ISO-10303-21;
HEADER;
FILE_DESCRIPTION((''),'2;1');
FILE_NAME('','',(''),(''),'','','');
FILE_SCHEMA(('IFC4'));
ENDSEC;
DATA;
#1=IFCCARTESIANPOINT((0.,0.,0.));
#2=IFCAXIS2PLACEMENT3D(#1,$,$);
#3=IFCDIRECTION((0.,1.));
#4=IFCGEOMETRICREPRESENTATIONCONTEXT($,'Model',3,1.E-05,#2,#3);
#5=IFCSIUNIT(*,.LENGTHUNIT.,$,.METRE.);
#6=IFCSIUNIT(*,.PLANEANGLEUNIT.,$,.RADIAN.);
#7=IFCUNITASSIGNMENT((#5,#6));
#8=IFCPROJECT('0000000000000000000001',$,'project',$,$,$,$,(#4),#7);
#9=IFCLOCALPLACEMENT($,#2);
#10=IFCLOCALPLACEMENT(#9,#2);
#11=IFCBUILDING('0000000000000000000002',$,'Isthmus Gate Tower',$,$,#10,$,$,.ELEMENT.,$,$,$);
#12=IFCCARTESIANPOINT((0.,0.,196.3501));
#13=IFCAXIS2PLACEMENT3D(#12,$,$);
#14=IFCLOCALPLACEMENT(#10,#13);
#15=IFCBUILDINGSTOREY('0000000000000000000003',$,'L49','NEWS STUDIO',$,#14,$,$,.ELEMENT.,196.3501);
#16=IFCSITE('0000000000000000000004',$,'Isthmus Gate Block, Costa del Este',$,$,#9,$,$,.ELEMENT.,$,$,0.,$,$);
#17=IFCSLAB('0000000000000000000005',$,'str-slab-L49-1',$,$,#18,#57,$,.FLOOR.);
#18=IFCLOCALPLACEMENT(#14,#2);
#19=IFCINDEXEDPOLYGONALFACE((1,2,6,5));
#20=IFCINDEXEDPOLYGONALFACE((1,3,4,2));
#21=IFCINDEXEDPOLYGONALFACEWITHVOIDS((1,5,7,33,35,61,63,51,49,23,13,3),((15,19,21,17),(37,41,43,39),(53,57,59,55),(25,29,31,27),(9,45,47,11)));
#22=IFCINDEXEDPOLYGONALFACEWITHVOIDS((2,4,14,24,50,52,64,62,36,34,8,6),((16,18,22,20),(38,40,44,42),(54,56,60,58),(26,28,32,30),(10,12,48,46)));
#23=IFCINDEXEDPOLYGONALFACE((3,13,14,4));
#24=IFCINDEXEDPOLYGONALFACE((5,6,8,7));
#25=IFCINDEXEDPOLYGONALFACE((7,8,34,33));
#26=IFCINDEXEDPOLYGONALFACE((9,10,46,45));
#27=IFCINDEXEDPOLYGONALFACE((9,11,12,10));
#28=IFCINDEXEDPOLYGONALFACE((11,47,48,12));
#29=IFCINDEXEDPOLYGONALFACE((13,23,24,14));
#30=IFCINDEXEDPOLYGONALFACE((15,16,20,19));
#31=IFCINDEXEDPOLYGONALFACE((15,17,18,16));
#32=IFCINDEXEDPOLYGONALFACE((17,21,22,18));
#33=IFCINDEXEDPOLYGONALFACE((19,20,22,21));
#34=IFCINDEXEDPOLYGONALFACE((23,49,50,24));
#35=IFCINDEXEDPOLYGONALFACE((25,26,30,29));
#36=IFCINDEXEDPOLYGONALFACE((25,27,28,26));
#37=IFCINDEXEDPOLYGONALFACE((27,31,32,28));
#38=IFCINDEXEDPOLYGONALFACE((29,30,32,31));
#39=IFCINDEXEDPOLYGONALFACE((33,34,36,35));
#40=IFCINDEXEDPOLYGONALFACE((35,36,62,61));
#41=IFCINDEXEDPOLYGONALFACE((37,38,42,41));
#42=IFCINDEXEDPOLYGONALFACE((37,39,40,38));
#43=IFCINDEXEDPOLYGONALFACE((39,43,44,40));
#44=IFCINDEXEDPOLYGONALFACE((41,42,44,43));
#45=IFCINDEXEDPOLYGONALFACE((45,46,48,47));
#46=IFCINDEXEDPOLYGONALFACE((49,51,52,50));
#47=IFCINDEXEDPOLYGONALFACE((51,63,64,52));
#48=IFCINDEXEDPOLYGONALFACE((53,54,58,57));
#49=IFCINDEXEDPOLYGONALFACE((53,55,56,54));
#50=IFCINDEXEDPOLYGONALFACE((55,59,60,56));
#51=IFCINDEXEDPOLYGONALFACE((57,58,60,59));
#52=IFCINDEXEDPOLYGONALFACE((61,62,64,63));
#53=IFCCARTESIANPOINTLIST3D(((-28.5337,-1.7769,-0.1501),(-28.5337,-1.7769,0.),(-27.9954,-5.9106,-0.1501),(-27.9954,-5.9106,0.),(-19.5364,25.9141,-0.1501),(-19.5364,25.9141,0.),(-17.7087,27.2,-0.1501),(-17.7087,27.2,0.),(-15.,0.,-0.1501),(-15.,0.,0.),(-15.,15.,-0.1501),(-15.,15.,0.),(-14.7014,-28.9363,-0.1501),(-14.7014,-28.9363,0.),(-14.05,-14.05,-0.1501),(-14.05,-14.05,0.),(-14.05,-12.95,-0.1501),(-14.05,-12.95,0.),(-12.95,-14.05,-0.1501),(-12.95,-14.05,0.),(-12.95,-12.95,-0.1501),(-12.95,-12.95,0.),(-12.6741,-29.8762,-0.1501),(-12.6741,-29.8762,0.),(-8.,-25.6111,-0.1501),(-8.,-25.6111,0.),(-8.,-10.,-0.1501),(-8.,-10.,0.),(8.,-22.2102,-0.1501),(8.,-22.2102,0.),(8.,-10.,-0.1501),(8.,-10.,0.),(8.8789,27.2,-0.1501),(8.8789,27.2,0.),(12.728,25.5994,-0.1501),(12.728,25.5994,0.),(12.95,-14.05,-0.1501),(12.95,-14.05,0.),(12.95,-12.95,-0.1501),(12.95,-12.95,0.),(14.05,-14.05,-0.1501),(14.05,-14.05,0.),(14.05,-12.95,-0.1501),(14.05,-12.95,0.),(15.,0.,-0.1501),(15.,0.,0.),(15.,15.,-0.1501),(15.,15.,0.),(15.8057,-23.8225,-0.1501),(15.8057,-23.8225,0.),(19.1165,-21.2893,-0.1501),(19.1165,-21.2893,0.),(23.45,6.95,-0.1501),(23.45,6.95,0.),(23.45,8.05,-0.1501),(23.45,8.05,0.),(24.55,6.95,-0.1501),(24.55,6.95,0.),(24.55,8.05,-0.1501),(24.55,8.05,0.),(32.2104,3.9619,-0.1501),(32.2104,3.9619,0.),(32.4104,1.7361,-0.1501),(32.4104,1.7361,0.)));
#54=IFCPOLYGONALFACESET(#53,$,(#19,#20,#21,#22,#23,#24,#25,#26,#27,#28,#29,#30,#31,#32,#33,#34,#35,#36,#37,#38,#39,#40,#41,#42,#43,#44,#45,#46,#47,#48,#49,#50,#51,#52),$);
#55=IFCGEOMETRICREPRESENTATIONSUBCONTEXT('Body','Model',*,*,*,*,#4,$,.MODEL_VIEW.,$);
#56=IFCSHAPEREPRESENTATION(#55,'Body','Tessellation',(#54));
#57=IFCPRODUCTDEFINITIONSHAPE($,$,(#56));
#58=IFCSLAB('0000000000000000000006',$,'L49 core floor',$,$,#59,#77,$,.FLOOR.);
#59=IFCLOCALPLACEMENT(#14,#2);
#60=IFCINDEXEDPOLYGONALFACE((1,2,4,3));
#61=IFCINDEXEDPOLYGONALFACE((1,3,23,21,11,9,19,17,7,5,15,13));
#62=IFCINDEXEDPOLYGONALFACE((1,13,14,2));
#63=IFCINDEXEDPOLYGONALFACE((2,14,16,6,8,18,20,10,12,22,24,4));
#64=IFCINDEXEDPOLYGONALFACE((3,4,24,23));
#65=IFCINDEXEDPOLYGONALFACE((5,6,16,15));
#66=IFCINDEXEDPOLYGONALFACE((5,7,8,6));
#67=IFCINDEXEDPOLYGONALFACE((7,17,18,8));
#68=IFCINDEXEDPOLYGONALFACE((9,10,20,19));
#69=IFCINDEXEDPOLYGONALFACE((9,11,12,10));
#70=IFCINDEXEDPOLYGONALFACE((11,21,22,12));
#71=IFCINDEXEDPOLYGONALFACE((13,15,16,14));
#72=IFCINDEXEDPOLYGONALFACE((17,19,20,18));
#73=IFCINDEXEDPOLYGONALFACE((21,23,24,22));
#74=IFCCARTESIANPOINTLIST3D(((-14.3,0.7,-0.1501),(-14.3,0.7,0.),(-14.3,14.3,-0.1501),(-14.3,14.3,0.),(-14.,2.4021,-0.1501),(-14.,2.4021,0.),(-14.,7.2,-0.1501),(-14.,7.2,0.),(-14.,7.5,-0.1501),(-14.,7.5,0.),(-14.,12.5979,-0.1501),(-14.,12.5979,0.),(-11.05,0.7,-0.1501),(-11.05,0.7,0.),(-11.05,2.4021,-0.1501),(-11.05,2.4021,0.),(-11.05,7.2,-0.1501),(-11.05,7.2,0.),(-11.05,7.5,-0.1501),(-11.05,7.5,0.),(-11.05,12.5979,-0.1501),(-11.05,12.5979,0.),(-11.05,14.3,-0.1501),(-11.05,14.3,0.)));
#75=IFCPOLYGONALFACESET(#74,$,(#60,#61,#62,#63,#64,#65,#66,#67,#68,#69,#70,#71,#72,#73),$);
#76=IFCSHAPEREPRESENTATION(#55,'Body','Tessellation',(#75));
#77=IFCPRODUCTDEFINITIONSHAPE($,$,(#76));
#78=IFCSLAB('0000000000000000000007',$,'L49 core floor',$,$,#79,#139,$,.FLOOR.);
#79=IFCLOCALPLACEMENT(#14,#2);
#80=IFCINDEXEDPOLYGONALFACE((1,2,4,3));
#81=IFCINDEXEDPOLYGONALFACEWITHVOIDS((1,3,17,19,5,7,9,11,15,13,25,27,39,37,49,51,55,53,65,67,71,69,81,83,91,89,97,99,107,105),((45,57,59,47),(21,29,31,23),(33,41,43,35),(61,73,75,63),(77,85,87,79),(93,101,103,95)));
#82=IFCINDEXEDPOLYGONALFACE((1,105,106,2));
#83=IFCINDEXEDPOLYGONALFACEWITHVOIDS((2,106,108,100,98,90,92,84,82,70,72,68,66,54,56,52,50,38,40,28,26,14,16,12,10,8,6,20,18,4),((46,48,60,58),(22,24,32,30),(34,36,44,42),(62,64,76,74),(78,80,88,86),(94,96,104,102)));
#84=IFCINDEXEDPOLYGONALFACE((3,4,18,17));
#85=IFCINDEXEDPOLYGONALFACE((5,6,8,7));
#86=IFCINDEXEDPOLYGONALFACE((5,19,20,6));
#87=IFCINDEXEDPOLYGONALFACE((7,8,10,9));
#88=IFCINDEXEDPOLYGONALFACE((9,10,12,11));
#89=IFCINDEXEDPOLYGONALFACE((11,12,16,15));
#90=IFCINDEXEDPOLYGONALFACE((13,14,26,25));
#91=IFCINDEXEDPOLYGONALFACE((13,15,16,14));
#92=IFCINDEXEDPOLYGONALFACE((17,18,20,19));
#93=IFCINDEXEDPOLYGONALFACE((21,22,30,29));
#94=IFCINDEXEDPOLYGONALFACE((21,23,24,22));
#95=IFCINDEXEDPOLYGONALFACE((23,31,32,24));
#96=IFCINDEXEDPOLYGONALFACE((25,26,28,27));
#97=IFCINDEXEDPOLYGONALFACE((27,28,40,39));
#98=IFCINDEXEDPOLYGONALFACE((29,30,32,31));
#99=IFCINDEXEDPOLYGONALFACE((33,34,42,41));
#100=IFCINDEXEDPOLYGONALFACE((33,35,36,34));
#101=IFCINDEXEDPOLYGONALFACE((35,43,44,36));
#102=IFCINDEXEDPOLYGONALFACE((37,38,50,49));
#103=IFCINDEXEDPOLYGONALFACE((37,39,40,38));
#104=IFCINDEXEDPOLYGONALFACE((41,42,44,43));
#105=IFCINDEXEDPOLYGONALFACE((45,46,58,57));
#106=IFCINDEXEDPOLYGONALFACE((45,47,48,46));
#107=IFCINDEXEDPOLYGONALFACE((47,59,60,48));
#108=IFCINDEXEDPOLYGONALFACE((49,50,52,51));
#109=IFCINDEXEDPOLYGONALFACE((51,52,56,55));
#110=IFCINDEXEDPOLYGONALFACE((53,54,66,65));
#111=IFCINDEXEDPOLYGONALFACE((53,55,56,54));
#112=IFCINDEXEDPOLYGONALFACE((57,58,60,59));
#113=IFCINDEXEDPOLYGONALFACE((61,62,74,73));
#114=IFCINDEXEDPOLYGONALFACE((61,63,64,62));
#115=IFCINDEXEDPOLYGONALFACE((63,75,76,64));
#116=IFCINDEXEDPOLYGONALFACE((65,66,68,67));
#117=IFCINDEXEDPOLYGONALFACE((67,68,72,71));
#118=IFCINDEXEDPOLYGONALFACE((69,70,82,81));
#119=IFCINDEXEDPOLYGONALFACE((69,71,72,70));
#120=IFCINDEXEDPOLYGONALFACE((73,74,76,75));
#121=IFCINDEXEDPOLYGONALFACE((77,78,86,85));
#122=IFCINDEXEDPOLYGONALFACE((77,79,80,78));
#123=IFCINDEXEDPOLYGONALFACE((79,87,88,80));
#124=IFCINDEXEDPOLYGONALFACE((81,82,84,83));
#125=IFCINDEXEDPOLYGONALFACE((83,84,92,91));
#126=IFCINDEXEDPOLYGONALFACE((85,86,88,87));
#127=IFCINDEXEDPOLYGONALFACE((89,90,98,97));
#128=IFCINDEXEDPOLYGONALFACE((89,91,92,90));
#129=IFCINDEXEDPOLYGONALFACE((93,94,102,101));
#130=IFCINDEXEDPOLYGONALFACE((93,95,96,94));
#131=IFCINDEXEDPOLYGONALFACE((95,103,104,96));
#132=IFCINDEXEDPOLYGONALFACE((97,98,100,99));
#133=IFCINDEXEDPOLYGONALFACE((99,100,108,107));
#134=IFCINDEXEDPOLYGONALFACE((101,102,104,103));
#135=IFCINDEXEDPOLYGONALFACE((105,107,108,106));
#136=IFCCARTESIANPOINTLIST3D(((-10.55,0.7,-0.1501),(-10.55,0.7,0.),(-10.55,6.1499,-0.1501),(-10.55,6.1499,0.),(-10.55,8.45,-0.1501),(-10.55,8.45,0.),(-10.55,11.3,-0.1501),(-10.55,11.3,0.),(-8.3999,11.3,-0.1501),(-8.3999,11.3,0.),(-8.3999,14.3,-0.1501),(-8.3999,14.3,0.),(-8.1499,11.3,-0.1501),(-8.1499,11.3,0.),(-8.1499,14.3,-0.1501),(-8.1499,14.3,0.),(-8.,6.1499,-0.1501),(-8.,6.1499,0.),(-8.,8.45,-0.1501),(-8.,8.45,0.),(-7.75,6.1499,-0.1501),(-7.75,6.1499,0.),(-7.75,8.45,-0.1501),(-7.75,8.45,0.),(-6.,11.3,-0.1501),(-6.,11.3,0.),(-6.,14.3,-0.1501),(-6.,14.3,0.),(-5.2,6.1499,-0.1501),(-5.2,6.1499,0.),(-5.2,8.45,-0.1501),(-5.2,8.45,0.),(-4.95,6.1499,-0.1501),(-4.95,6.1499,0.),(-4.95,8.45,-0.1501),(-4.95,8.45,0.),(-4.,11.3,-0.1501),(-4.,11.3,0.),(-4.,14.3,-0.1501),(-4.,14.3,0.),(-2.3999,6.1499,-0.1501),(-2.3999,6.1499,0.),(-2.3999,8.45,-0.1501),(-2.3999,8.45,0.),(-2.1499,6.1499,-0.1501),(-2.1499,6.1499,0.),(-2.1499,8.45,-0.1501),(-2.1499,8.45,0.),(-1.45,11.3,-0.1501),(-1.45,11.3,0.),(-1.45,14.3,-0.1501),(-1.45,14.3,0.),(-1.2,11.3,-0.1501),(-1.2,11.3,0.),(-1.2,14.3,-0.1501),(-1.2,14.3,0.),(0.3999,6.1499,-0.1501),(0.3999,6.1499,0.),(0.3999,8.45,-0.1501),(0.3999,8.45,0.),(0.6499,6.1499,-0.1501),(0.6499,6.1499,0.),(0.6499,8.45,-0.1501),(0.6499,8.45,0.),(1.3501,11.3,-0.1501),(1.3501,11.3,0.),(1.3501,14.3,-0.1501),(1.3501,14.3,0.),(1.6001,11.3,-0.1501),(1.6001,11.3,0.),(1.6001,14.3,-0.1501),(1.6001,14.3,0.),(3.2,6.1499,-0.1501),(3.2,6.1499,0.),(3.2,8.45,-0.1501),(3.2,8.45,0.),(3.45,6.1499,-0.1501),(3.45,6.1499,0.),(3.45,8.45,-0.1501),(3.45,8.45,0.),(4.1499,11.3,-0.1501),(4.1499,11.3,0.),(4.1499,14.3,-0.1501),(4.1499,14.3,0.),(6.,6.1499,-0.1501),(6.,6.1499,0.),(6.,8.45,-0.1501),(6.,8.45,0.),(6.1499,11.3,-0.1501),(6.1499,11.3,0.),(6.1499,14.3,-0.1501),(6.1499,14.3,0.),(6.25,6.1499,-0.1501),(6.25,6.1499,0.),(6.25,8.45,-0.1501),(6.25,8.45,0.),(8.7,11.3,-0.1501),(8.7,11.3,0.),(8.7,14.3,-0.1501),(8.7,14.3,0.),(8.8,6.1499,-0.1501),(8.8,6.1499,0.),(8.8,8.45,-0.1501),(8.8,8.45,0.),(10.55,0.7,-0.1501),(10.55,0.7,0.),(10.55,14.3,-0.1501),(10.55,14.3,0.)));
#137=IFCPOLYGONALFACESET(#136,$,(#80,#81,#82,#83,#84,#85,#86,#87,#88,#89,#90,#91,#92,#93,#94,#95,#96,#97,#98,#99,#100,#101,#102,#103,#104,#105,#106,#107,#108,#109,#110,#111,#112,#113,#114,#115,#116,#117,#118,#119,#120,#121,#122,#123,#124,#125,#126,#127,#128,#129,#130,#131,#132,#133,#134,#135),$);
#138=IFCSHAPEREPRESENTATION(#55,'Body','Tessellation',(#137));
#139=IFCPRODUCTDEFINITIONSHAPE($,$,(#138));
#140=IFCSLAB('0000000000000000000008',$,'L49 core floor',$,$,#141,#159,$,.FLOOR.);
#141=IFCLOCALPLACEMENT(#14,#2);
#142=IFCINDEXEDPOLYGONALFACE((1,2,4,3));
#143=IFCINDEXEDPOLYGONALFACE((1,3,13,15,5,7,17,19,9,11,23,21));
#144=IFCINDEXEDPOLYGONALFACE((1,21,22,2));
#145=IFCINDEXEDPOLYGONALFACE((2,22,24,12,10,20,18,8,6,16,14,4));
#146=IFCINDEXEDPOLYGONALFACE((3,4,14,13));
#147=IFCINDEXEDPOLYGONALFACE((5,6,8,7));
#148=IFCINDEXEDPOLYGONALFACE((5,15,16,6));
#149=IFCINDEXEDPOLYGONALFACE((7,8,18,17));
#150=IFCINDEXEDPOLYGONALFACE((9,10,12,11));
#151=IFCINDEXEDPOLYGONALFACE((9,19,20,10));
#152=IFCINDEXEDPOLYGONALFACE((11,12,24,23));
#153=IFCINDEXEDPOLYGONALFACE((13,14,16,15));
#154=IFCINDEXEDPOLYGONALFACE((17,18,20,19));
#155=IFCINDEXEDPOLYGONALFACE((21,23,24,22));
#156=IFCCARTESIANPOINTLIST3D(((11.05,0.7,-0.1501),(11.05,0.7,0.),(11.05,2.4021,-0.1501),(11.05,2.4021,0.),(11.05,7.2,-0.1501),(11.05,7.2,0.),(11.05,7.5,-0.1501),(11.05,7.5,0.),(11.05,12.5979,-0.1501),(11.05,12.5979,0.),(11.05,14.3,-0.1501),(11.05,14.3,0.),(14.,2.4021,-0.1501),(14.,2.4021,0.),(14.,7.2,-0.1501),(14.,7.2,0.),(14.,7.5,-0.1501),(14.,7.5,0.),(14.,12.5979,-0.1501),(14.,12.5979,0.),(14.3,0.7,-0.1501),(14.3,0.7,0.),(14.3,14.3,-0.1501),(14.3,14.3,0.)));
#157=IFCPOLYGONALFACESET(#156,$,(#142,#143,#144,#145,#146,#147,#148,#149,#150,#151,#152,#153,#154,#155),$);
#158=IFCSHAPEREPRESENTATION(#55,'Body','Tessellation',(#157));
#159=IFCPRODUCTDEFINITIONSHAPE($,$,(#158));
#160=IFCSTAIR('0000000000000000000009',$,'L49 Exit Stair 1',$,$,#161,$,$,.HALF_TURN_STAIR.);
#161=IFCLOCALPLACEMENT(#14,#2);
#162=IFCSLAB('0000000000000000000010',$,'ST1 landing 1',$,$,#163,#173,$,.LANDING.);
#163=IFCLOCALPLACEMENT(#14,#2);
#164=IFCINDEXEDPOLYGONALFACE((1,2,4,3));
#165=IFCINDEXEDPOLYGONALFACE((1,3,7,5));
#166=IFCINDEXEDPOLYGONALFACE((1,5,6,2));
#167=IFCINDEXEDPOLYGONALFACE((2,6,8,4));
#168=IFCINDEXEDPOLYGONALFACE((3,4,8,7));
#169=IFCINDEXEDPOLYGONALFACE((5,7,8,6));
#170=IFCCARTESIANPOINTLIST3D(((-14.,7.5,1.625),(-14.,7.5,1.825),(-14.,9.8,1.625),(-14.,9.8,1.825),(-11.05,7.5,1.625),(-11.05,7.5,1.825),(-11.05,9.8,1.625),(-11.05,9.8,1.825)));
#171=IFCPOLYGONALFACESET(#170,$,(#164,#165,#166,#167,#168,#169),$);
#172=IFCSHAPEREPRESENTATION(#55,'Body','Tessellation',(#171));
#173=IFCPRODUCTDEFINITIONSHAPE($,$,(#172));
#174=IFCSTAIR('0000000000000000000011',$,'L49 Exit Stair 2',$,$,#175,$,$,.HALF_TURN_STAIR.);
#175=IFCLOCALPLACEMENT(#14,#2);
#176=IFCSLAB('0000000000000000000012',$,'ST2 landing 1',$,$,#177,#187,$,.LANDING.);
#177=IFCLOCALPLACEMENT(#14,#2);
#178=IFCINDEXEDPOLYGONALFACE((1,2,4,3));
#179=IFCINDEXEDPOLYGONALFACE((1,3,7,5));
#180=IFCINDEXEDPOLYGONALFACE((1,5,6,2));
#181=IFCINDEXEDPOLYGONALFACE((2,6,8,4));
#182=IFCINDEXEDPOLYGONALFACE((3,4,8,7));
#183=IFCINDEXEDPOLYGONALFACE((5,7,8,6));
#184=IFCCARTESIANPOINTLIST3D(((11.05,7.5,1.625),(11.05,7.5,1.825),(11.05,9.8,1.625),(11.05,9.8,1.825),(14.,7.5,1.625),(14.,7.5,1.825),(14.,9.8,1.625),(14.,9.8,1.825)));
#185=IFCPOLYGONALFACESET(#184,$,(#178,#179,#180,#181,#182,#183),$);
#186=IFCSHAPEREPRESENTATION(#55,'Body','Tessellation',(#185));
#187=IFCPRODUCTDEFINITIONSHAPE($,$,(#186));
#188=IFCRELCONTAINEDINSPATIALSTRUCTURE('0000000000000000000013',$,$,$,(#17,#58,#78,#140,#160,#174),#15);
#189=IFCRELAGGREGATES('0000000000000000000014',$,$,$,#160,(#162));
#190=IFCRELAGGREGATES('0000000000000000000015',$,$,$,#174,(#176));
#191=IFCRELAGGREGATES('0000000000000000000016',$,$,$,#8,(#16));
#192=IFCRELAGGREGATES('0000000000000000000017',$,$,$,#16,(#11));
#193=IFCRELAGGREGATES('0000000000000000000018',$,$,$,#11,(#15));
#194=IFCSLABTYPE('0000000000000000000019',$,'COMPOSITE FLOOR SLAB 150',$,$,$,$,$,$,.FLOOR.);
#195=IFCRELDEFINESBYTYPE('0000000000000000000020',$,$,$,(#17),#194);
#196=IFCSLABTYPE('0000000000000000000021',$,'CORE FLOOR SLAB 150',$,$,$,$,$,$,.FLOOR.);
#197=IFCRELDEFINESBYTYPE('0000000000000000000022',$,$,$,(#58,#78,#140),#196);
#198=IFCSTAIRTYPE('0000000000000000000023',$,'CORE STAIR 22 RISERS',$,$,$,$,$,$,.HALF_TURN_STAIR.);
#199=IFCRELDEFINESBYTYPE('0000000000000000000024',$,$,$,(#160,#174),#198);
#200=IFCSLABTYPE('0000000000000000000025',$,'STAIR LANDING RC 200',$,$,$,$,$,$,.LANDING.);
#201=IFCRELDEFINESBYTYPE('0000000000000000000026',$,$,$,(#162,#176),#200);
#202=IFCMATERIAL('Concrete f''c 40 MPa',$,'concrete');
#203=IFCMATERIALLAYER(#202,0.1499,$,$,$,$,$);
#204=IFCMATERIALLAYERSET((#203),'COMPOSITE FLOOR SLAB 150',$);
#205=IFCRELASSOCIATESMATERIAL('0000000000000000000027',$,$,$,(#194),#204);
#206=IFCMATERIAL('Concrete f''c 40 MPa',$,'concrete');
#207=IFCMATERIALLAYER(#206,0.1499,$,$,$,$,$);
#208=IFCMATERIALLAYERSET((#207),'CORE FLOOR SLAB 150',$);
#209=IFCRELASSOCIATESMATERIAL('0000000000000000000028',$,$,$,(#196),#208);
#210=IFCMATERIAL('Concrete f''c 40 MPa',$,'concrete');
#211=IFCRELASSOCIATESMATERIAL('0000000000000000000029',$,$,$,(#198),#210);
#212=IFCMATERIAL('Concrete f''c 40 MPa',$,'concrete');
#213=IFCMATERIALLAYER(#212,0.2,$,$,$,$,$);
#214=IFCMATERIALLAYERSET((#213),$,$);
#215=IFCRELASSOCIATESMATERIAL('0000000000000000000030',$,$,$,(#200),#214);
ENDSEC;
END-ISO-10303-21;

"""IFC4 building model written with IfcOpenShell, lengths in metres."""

from ifc_helpers import new_model, si_unit, direction, frame, origin, place, context, subcontext, project, spatial, polyline, outline, extrude, material, layer, layer_set, type_object, element, aggregate, save


model = new_model("IFC4")

# Units and contexts
model_context = context("Model", 3, precision=1e-05, world=origin(), true_north=direction((0.0, 1.0)))
body_context = subcontext(model_context, "Body", "Model", "MODEL_VIEW")
ifc_project = project(units=[si_unit("LENGTHUNIT", "METRE"), si_unit("PLANEANGLEUNIT", "RADIAN")], contexts=[model_context])

# Site, building, storey
site_placement = place(None, origin())
site = spatial("IfcSite", under=ifc_project, at=site_placement, Name="Isthmus Gate Block, Costa del Este", CompositionType="ELEMENT", RefElevation=0.0)
building_placement = place(site_placement, origin())
building = spatial("IfcBuilding", under=site, at=building_placement, Name="Isthmus Gate Tower", CompositionType="ELEMENT")
storey_placement = place(building_placement, frame((0.0, 0.0, 196.3501)))
storey = spatial("IfcBuildingStorey", under=building, at=storey_placement, Name="L49", Description="NEWS STUDIO", CompositionType="ELEMENT", Elevation=196.3501)

# Slabs
ifc_material_1 = material(Name="Concrete f'c 40 MPa", Category="concrete")
ifc_layer_1 = layer(ifc_material_1, 0.1499)
ifc_layer_set_1 = layer_set([ifc_layer_1], Name="COMPOSITE FLOOR SLAB 150")
slab_type_1 = type_object("IfcSlabType", Name="COMPOSITE FLOOR SLAB 150", PredefinedType="FLOOR", material=ifc_layer_set_1)
slab_1_placement = place(storey_placement, frame((0.0, 0.0, -0.1501)))
element("IfcSlab", 1, at=slab_1_placement, inside=storey, type_object=slab_type_1, Name="str-slab-L49-1", PredefinedType="FLOOR", context=body_context, shape_type="SweptSolid", body=[
    extrude(outline(polyline([(12.728, 25.5994), (32.2104, 3.9619), (32.4104, 1.7361), (19.1165, -21.2893), (15.8057, -23.8225), (-12.6741, -29.8762), (-14.7014, -28.9363), (-27.9954, -5.9106), (-28.5337, -1.7769), (-19.5364, 25.9141), (-17.7087, 27.2), (8.8789, 27.2), (12.728, 25.5994)]), holes=[polyline([(-8.0, -10.0), (-8.0, -25.6111), (8.0, -22.2102), (8.0, -10.0), (-8.0, -10.0)]), polyline([(-14.05, -12.95), (-14.05, -14.05), (-12.95, -14.05), (-12.95, -12.95), (-14.05, -12.95)]), polyline([(14.05, -12.95), (12.95, -12.95), (12.95, -14.05), (14.05, -14.05), (14.05, -12.95)]), polyline([(-15.0, 15.0), (-15.0, 0.0), (15.0, 0.0), (15.0, 15.0), (-15.0, 15.0)]), polyline([(24.55, 6.95), (24.55, 8.05), (23.45, 8.05), (23.45, 6.95), (24.55, 6.95)])]), origin(), (0.0, 0.0, 1.0), 0.1501),
])
ifc_material_2 = material(Name="Concrete f'c 40 MPa", Category="concrete")
ifc_layer_2 = layer(ifc_material_2, 0.1499)
ifc_layer_set_2 = layer_set([ifc_layer_2], Name="CORE FLOOR SLAB 150")
slab_type_2 = type_object("IfcSlabType", Name="CORE FLOOR SLAB 150", PredefinedType="FLOOR", material=ifc_layer_set_2)
slab_2_placement = place(storey_placement, frame((0.0, 0.0, -0.1501)))
element("IfcSlab", 2, at=slab_2_placement, inside=storey, type_object=slab_type_2, Name="L49 core floor", PredefinedType="FLOOR", context=body_context, shape_type="SweptSolid", body=[
    extrude(outline(polyline([(-11.05, 0.7), (-11.05, 2.4021), (-14.0, 2.4021), (-14.0, 7.2), (-11.05, 7.2), (-11.05, 7.5), (-14.0, 7.5), (-14.0, 12.5979), (-11.05, 12.5979), (-11.05, 14.3), (-14.3, 14.3), (-14.3, 0.7), (-11.05, 0.7)])), origin(), (0.0, 0.0, 1.0), 0.1501),
])
slab_3_placement = place(storey_placement, frame((0.0, 0.0, -0.1501)))
element("IfcSlab", 3, at=slab_3_placement, inside=storey, type_object=slab_type_2, Name="L49 core floor", PredefinedType="FLOOR", context=body_context, shape_type="SweptSolid", body=[
    extrude(outline(polyline([(10.55, 14.3), (8.7, 14.3), (8.7, 11.3), (6.1499, 11.3), (6.1499, 14.3), (4.1499, 14.3), (4.1499, 11.3), (1.6001, 11.3), (1.6001, 14.3), (1.3501, 14.3), (1.3501, 11.3), (-1.2, 11.3), (-1.2, 14.3), (-1.45, 14.3), (-1.45, 11.3), (-4.0, 11.3), (-4.0, 14.3), (-6.0, 14.3), (-6.0, 11.3), (-8.1499, 11.3), (-8.1499, 14.3), (-8.3999, 14.3), (-8.3999, 11.3), (-10.55, 11.3), (-10.55, 8.45), (-8.0, 8.45), (-8.0, 6.1499), (-10.55, 6.1499), (-10.55, 0.7), (10.55, 0.7), (10.55, 14.3)]), holes=[polyline([(-5.2, 8.45), (-5.2, 6.1499), (-7.75, 6.1499), (-7.75, 8.45), (-5.2, 8.45)]), polyline([(-2.3999, 8.45), (-2.3999, 6.1499), (-4.95, 6.1499), (-4.95, 8.45), (-2.3999, 8.45)]), polyline([(0.3999, 8.45), (0.3999, 6.1499), (-2.1499, 6.1499), (-2.1499, 8.45), (0.3999, 8.45)]), polyline([(3.2, 8.45), (3.2, 6.1499), (0.6499, 6.1499), (0.6499, 8.45), (3.2, 8.45)]), polyline([(6.0, 8.45), (6.0, 6.1499), (3.45, 6.1499), (3.45, 8.45), (6.0, 8.45)]), polyline([(8.8, 8.45), (8.8, 6.1499), (6.25, 6.1499), (6.25, 8.45), (8.8, 8.45)])]), origin(), (0.0, 0.0, 1.0), 0.1501),
])
slab_4_placement = place(storey_placement, frame((0.0, 0.0, -0.1501)))
element("IfcSlab", 4, at=slab_4_placement, inside=storey, type_object=slab_type_2, Name="L49 core floor", PredefinedType="FLOOR", context=body_context, shape_type="SweptSolid", body=[
    extrude(outline(polyline([(11.05, 14.3), (11.05, 12.5979), (14.0, 12.5979), (14.0, 7.5), (11.05, 7.5), (11.05, 7.2), (14.0, 7.2), (14.0, 2.4021), (11.05, 2.4021), (11.05, 0.7), (14.3, 0.7), (14.3, 14.3), (11.05, 14.3)])), origin(), (0.0, 0.0, 1.0), 0.1501),
])

# Stairs, slabs
ifc_material_3 = material(Name="Concrete f'c 40 MPa", Category="concrete")
stair_type = type_object("IfcStairType", Name="CORE STAIR 22 RISERS", PredefinedType="HALF_TURN_STAIR", material=ifc_material_3)
stair_1_placement = place(storey_placement, origin())
stair_1 = element("IfcStair", 5, at=stair_1_placement, inside=storey, type_object=stair_type, Name="L49 Exit Stair 1", PredefinedType="HALF_TURN_STAIR")
ifc_material_4 = material(Name="Concrete f'c 40 MPa", Category="concrete")
ifc_layer_3 = layer(ifc_material_4, 0.2)
ifc_layer_set_3 = layer_set([ifc_layer_3])
slab_type_3 = type_object("IfcSlabType", Name="STAIR LANDING RC 200", PredefinedType="LANDING", material=ifc_layer_set_3)
slab_5_placement = place(storey_placement, frame((0.0, 0.0, 1.625)))
slab_5 = element("IfcSlab", 6, at=slab_5_placement, type_object=slab_type_3, Name="ST1 landing 1", PredefinedType="LANDING", context=body_context, shape_type="SweptSolid", body=[
    extrude(outline(polyline([(-14.0, 9.8), (-14.0, 7.5), (-11.05, 7.5), (-11.05, 9.8), (-14.0, 9.8)])), origin(), (0.0, 0.0, 1.0), 0.2),
])
aggregate(stair_1, [slab_5])
stair_2_placement = place(storey_placement, origin())
stair_2 = element("IfcStair", 7, at=stair_2_placement, inside=storey, type_object=stair_type, Name="L49 Exit Stair 2", PredefinedType="HALF_TURN_STAIR")
slab_6_placement = place(storey_placement, frame((0.0, 0.0, 1.625)))
slab_6 = element("IfcSlab", 8, at=slab_6_placement, type_object=slab_type_3, Name="ST2 landing 1", PredefinedType="LANDING", context=body_context, shape_type="SweptSolid", body=[
    extrude(outline(polyline([(11.05, 9.8), (11.05, 7.5), (14.0, 7.5), (14.0, 9.8), (11.05, 9.8)])), origin(), (0.0, 0.0, 1.0), 0.2),
])
aggregate(stair_2, [slab_6])

save(model, "model.ifc")
